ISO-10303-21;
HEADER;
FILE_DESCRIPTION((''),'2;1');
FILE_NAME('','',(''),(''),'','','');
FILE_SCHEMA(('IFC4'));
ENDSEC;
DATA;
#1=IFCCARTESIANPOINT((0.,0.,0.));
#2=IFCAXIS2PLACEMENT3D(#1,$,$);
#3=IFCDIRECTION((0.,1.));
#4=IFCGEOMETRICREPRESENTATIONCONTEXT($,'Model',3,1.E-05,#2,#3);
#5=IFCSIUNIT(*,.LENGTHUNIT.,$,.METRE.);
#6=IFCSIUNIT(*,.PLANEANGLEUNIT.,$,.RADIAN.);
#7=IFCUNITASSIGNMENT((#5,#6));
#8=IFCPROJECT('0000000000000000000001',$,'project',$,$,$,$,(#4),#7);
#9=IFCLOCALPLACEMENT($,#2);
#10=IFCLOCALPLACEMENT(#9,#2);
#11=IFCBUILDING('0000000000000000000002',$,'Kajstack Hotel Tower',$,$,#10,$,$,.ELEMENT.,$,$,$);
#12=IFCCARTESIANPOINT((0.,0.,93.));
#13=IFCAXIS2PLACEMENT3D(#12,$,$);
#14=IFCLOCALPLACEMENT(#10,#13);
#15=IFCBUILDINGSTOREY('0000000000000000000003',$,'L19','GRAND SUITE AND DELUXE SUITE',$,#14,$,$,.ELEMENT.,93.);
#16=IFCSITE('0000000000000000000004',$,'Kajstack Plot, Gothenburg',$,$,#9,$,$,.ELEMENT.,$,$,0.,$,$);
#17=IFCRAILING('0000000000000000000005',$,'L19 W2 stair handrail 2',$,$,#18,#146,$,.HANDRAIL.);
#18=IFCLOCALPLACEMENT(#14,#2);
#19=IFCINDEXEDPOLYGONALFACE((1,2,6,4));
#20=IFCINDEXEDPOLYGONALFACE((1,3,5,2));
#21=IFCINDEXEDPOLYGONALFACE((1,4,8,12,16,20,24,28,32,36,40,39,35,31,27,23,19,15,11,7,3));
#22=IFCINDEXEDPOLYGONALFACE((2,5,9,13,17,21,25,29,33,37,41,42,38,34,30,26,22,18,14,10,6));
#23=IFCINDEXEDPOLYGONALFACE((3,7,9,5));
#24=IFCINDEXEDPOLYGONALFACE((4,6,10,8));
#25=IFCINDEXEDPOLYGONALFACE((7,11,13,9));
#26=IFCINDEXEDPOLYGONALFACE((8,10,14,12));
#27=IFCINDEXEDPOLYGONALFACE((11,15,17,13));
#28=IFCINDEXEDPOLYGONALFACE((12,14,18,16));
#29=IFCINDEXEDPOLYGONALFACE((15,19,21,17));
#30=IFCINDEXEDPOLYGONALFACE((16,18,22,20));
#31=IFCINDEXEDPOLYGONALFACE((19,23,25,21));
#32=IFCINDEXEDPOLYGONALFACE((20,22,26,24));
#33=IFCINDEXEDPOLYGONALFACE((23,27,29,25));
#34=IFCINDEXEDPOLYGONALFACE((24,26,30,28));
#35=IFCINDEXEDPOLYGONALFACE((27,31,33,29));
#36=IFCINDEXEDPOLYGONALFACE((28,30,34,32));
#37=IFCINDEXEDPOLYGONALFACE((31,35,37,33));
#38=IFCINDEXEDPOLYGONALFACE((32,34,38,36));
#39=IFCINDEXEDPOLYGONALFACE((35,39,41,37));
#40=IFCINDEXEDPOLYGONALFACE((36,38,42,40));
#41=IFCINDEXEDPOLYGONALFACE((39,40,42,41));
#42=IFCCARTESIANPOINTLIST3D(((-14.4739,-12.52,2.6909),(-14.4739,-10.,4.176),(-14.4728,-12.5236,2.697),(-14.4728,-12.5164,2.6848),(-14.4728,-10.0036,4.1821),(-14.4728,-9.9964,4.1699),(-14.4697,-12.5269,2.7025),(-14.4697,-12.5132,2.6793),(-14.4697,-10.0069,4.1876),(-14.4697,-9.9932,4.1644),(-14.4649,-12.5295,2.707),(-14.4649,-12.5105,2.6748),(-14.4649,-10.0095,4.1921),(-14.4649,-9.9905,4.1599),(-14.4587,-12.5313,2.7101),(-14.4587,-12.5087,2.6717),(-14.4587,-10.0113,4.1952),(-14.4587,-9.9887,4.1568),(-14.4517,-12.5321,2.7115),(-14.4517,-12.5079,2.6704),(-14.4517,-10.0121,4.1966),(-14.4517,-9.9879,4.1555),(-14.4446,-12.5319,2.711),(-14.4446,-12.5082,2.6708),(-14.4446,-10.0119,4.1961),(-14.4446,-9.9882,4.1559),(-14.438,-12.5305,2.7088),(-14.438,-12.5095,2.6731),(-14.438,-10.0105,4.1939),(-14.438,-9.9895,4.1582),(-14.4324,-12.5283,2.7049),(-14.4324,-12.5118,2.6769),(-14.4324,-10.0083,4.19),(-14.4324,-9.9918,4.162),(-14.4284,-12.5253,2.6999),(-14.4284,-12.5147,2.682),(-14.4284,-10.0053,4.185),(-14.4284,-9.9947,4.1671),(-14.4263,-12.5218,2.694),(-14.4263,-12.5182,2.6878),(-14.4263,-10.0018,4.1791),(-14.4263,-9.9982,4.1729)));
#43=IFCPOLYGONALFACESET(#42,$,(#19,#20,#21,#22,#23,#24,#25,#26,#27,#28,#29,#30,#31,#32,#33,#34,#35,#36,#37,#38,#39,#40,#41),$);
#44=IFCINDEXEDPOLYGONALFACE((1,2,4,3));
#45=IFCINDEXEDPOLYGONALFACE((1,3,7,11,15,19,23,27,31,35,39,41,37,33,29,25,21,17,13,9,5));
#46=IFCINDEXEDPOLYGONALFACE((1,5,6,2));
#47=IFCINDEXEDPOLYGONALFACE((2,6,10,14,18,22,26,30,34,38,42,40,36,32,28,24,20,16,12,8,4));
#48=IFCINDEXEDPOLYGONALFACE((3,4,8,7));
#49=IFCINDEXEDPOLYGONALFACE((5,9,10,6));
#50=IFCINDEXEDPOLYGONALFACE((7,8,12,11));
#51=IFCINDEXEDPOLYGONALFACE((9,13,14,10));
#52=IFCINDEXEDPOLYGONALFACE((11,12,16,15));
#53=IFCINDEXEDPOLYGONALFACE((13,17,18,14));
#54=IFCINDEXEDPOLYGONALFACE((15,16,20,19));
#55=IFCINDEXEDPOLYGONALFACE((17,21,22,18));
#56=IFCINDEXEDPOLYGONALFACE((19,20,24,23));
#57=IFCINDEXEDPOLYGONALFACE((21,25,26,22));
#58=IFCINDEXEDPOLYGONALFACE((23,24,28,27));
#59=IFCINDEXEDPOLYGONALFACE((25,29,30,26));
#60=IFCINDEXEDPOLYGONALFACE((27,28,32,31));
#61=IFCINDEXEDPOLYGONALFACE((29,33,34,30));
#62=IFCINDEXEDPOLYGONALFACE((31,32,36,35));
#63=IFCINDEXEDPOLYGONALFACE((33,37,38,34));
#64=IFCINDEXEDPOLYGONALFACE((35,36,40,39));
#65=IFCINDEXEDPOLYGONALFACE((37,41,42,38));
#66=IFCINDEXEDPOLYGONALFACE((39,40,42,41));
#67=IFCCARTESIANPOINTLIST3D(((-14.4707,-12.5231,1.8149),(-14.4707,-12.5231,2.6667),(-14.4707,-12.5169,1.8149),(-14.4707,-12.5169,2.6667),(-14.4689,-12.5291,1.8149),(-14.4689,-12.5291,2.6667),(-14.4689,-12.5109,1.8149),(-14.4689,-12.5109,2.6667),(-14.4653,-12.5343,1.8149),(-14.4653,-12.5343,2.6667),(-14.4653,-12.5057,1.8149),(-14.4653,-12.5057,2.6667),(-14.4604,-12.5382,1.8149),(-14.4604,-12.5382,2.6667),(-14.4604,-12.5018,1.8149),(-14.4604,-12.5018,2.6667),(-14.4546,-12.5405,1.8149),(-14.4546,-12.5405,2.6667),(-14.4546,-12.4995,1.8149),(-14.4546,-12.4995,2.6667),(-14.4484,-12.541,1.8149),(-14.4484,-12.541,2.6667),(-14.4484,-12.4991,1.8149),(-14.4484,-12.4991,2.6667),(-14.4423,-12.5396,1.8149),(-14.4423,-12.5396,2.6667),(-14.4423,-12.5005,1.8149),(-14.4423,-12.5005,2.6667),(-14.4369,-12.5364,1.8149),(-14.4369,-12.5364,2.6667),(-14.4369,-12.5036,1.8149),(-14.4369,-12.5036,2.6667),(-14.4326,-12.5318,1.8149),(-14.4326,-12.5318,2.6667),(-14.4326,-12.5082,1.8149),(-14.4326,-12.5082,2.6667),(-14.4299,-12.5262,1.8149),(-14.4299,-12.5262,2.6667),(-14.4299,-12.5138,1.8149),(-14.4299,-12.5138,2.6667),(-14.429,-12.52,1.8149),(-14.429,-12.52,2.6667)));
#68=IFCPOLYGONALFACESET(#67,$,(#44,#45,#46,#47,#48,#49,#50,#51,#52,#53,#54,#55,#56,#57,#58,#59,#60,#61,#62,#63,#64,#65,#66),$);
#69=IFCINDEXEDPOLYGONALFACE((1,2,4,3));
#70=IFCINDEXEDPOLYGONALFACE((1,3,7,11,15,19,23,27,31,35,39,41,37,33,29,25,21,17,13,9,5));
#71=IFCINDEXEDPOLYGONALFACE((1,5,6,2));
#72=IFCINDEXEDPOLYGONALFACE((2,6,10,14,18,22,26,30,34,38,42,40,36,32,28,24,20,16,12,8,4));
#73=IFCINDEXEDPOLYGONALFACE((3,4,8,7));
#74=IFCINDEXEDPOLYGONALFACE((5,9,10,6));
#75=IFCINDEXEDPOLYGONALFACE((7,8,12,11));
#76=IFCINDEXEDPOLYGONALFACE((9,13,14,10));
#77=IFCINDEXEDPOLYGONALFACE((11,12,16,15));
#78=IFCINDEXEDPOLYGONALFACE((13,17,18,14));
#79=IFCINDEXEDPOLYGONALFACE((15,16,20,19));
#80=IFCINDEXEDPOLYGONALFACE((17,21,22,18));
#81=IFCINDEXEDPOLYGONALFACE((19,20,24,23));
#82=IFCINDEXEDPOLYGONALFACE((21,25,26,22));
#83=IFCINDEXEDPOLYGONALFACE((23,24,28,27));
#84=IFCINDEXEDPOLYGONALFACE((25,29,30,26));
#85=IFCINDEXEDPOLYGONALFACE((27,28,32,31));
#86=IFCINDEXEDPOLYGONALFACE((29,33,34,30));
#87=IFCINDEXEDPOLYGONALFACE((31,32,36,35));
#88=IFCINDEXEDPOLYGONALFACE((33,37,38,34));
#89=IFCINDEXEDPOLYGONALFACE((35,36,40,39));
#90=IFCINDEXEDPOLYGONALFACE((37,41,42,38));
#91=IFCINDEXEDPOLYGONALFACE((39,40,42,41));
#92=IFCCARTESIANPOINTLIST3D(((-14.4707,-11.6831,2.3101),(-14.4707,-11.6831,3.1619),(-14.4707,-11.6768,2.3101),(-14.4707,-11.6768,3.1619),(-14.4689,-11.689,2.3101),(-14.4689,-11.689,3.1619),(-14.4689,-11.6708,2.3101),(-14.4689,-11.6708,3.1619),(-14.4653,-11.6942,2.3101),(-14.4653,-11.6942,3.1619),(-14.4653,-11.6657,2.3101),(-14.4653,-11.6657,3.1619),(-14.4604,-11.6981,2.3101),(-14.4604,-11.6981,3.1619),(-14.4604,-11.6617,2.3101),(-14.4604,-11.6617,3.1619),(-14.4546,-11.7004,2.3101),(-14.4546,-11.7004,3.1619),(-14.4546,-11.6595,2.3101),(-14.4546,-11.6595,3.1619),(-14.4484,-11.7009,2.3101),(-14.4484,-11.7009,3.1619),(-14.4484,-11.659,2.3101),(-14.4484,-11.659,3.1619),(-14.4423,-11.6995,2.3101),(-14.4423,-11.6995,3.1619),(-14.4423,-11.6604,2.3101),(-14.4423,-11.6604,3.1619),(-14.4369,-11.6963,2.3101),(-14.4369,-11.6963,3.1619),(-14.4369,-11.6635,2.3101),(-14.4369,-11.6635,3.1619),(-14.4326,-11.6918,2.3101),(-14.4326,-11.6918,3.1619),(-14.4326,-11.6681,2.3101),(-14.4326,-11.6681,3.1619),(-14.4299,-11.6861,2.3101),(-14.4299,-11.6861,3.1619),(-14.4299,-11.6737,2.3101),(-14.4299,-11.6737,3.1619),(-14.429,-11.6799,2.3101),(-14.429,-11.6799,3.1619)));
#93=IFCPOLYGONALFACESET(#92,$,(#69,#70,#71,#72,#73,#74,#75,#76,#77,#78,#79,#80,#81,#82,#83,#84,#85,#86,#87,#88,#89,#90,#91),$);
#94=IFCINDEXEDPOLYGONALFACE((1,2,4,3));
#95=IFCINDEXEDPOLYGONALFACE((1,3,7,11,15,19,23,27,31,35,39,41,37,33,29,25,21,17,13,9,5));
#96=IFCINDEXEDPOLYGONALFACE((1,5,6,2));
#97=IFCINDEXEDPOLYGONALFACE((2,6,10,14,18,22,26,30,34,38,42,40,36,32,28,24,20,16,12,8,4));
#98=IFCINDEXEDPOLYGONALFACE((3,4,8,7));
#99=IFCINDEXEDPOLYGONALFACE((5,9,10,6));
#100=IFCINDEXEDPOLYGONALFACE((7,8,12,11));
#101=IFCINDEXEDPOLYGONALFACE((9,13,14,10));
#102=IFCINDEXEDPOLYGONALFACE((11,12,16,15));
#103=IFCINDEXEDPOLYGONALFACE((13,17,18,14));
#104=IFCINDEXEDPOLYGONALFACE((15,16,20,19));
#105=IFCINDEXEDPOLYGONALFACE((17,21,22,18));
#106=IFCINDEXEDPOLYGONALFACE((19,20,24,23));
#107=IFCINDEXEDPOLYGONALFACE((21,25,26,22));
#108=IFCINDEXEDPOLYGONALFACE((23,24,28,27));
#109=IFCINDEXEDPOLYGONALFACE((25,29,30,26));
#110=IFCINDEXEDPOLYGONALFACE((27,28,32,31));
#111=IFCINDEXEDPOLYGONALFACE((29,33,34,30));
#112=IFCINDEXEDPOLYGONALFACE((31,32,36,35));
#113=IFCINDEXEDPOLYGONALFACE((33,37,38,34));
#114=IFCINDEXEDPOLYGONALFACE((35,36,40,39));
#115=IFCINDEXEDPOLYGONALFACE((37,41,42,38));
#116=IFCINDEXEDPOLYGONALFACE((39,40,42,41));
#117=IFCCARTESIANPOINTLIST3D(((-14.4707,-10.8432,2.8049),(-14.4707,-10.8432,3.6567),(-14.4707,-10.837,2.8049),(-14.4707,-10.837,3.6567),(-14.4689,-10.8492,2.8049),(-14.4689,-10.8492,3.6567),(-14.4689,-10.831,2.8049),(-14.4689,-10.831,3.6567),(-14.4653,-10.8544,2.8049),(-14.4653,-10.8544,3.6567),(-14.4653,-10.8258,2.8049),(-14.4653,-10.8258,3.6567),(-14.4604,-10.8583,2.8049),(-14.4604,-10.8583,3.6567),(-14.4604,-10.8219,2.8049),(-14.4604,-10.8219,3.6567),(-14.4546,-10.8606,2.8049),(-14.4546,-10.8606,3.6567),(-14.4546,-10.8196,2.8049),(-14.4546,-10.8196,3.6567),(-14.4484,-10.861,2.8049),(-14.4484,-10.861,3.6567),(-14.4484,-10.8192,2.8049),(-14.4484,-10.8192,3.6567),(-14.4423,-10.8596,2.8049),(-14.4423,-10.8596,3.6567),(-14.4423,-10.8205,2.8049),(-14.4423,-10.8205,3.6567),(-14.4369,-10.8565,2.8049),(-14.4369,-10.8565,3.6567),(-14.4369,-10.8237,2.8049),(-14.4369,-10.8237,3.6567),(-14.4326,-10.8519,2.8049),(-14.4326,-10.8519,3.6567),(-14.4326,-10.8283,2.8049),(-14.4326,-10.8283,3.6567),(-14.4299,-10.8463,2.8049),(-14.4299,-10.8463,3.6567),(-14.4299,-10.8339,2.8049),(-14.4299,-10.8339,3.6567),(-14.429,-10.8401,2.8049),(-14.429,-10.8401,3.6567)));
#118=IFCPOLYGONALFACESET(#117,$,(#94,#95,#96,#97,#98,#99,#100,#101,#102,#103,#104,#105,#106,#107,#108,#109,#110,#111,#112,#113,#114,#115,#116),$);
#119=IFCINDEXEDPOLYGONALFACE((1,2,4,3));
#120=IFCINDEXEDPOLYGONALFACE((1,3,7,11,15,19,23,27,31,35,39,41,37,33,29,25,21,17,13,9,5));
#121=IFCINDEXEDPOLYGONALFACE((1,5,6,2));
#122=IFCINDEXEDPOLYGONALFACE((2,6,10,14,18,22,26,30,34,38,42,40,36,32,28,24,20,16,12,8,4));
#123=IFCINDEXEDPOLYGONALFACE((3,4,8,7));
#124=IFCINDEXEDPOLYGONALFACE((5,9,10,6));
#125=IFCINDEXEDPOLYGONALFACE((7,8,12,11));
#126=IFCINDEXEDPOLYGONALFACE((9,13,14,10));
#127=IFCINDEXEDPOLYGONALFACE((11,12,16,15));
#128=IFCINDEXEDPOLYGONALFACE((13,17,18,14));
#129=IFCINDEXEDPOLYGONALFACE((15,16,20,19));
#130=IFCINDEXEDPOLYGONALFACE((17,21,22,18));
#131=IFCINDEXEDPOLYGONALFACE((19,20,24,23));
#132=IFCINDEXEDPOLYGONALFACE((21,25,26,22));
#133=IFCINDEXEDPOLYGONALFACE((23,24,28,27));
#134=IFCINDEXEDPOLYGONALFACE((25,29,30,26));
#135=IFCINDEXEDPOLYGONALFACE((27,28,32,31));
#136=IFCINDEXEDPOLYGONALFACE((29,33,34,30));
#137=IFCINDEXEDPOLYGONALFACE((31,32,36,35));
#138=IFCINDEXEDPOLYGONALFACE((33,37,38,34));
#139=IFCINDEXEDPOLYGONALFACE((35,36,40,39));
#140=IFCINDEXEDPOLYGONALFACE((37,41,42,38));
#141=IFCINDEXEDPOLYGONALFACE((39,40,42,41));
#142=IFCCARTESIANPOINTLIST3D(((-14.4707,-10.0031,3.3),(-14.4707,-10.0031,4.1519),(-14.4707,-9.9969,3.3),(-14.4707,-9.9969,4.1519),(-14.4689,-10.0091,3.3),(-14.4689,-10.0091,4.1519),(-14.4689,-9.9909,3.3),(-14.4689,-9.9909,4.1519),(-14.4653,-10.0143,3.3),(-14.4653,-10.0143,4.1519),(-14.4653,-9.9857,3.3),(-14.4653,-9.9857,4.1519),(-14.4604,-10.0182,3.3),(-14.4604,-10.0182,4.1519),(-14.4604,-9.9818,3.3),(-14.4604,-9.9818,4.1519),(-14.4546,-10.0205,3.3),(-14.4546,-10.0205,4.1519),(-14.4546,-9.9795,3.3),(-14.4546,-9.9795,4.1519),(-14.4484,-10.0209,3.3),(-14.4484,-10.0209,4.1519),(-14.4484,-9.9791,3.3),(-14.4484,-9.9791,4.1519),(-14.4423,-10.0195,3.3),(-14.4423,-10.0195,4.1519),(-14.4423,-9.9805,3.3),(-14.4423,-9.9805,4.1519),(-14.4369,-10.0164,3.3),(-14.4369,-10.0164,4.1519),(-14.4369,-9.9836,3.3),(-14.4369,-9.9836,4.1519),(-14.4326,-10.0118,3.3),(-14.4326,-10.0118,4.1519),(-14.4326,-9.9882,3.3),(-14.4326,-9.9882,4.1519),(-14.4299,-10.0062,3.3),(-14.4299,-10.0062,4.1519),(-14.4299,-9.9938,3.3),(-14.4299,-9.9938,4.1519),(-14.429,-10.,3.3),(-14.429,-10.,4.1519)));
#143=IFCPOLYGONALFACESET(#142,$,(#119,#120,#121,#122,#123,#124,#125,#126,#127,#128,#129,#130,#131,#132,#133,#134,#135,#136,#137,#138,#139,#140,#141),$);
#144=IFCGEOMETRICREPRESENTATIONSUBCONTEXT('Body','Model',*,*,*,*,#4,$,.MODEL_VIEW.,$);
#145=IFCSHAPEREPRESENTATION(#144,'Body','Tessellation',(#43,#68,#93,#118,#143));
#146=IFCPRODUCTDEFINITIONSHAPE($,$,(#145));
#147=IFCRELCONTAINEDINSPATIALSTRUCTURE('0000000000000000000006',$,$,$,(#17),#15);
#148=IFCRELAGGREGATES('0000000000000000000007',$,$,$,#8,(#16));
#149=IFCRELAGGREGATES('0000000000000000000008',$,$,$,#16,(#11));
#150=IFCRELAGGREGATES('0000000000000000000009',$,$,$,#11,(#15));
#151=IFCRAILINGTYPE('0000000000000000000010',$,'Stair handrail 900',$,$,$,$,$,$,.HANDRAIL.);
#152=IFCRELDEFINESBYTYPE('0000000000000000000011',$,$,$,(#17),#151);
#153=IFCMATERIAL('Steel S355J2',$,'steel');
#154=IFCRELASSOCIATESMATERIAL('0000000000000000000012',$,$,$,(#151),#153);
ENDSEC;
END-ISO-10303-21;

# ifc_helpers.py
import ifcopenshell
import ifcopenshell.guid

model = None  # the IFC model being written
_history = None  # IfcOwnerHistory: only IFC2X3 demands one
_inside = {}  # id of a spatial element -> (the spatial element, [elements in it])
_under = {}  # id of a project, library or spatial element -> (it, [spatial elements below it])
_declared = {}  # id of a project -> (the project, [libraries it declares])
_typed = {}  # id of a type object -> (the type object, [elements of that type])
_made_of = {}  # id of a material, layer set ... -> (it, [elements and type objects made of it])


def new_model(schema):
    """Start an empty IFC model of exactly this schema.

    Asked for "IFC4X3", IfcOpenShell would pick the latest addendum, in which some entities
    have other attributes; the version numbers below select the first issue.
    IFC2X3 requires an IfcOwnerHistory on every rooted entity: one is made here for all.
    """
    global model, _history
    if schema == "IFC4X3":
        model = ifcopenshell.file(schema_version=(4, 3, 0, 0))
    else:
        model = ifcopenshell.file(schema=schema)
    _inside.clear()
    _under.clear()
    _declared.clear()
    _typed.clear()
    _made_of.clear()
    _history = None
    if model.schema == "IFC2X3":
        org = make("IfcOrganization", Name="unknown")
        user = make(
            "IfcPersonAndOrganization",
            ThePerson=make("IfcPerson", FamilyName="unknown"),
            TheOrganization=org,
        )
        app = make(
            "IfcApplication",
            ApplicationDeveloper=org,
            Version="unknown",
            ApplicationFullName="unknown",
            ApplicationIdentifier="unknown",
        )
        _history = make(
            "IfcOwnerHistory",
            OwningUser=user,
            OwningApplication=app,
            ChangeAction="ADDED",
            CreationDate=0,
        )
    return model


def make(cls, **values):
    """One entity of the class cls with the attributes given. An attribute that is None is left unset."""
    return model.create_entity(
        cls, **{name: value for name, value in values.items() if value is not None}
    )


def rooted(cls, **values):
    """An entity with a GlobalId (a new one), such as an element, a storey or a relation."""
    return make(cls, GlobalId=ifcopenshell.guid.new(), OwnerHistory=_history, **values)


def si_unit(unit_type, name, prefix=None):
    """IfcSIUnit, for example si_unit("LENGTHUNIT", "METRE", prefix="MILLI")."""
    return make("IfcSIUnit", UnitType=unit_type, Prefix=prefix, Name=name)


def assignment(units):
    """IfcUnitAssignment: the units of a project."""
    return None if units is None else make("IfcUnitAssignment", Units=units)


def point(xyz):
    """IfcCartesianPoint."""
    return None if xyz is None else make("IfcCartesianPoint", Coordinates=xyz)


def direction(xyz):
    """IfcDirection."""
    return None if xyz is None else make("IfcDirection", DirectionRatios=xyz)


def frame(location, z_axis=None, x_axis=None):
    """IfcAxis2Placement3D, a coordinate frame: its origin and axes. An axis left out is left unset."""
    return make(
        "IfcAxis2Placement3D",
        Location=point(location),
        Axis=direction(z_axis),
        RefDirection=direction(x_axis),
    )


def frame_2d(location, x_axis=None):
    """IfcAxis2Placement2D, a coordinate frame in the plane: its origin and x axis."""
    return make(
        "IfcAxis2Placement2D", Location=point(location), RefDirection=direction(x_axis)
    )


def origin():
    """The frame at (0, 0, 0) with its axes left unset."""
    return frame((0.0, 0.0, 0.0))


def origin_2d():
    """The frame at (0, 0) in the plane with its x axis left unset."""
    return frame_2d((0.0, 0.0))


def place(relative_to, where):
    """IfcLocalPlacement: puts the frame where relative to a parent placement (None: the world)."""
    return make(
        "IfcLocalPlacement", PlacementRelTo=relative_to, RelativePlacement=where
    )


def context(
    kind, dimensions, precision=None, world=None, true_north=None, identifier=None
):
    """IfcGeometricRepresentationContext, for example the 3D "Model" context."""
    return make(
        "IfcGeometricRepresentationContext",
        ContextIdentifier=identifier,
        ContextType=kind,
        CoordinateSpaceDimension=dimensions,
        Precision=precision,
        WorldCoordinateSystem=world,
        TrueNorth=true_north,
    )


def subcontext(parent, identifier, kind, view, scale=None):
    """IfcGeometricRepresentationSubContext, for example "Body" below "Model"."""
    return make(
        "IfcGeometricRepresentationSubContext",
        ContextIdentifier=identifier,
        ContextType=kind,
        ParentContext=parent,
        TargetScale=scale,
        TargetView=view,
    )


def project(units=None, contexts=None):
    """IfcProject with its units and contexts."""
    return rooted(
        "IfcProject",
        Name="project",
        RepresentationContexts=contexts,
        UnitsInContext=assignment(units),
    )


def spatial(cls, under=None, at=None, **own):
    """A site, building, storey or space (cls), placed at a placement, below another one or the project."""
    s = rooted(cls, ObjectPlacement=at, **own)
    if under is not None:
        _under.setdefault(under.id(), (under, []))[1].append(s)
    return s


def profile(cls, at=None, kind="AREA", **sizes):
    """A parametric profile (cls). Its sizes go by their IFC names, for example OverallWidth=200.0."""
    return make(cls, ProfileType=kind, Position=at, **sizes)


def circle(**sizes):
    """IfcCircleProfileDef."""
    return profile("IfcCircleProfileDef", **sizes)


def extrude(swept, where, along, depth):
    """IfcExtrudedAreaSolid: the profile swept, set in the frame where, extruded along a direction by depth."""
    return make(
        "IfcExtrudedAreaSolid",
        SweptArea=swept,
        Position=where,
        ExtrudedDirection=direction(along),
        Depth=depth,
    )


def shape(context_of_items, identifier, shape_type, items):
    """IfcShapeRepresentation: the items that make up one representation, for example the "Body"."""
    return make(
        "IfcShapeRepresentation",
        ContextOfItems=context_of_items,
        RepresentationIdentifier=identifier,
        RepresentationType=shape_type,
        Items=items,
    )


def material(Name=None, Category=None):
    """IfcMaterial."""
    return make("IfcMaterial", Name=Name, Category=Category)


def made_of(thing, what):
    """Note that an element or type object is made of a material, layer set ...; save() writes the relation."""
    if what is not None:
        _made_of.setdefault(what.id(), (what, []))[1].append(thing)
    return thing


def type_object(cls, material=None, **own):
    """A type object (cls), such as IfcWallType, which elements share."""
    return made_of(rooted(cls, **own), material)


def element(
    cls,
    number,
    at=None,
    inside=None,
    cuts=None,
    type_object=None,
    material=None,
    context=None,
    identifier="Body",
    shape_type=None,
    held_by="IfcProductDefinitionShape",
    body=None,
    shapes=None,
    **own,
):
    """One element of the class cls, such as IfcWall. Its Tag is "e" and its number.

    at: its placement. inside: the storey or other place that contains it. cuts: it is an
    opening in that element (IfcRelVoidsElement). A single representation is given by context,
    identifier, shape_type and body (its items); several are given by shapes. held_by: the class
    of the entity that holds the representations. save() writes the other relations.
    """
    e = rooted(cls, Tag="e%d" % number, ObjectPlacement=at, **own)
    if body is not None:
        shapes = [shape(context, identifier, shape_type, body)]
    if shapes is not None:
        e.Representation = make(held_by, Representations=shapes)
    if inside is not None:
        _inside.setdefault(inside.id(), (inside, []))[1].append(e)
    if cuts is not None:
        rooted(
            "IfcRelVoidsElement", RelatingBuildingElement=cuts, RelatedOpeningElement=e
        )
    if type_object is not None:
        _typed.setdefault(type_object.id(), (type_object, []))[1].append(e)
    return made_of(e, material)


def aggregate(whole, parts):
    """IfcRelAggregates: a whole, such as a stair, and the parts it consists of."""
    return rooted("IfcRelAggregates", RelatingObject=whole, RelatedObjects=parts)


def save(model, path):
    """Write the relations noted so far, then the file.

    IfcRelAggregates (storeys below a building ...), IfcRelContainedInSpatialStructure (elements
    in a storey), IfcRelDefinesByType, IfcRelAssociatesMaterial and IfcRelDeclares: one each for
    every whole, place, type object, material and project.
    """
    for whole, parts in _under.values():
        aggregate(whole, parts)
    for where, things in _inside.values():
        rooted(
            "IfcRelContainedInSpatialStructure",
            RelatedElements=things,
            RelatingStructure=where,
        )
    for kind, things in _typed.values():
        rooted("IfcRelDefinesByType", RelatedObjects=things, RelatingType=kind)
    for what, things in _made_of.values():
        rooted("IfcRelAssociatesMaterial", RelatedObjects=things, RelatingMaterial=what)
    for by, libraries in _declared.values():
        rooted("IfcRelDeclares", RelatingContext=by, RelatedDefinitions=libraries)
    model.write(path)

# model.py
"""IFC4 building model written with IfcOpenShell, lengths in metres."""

from ifc_helpers import new_model, si_unit, direction, frame, origin, origin_2d, place, context, subcontext, project, spatial, circle, extrude, material, type_object, element, save


model = new_model("IFC4")

# Units and contexts
model_context = context("Model", 3, precision=1e-05, world=origin(), true_north=direction((0.0, 1.0)))
body_context = subcontext(model_context, "Body", "Model", "MODEL_VIEW")
ifc_project = project(units=[si_unit("LENGTHUNIT", "METRE"), si_unit("PLANEANGLEUNIT", "RADIAN")], contexts=[model_context])

# Site, building, storey
site_placement = place(None, origin())
site = spatial("IfcSite", under=ifc_project, at=site_placement, Name="Kajstack Plot, Gothenburg", CompositionType="ELEMENT", RefElevation=0.0)
building_placement = place(site_placement, origin())
building = spatial("IfcBuilding", under=site, at=building_placement, Name="Kajstack Hotel Tower", CompositionType="ELEMENT")
storey_placement = place(building_placement, frame((0.0, 0.0, 93.0)))
storey = spatial("IfcBuildingStorey", under=building, at=storey_placement, Name="L19", Description="GRAND SUITE AND DELUXE SUITE", CompositionType="ELEMENT", Elevation=93.0)

# Railing
ifc_material_1 = material(Name="Steel S355J2", Category="steel")
railing_type_1 = type_object("IfcRailingType", Name="Stair handrail 900", PredefinedType="HANDRAIL", material=ifc_material_1)
railing_1_placement = place(storey_placement, frame((-14.45, -12.52, 1.8149)))
element("IfcRailing", 1, at=railing_1_placement, inside=storey, type_object=railing_type_1, Name="L19 W2 stair handrail 2", PredefinedType="HANDRAIL", context=body_context, shape_type="SweptSolid", body=[
    extrude(circle(Radius=0.0239, at=origin_2d()), frame((0.0, 0.0, 0.876), z_axis=(0.0, 0.861524, 0.507717), x_axis=(-1.0, 0.0, 0.0)), (0.0, 0.0, 1.0), 2.925),
    extrude(circle(Radius=0.021, at=origin_2d()), origin(), (0.0, 0.0, 1.0), 0.8518),
    extrude(circle(Radius=0.021, at=origin_2d()), frame((0.0, 0.8401, 0.4951)), (0.0, 0.0, 1.0), 0.8518),
    extrude(circle(Radius=0.021, at=origin_2d()), frame((0.0, 1.6799, 0.99)), (0.0, 0.0, 1.0), 0.8518),
    extrude(circle(Radius=0.021, at=origin_2d()), frame((0.0, 2.52, 1.4851)), (0.0, 0.0, 1.0), 0.8518),
])

save(model, "model.ifc")
